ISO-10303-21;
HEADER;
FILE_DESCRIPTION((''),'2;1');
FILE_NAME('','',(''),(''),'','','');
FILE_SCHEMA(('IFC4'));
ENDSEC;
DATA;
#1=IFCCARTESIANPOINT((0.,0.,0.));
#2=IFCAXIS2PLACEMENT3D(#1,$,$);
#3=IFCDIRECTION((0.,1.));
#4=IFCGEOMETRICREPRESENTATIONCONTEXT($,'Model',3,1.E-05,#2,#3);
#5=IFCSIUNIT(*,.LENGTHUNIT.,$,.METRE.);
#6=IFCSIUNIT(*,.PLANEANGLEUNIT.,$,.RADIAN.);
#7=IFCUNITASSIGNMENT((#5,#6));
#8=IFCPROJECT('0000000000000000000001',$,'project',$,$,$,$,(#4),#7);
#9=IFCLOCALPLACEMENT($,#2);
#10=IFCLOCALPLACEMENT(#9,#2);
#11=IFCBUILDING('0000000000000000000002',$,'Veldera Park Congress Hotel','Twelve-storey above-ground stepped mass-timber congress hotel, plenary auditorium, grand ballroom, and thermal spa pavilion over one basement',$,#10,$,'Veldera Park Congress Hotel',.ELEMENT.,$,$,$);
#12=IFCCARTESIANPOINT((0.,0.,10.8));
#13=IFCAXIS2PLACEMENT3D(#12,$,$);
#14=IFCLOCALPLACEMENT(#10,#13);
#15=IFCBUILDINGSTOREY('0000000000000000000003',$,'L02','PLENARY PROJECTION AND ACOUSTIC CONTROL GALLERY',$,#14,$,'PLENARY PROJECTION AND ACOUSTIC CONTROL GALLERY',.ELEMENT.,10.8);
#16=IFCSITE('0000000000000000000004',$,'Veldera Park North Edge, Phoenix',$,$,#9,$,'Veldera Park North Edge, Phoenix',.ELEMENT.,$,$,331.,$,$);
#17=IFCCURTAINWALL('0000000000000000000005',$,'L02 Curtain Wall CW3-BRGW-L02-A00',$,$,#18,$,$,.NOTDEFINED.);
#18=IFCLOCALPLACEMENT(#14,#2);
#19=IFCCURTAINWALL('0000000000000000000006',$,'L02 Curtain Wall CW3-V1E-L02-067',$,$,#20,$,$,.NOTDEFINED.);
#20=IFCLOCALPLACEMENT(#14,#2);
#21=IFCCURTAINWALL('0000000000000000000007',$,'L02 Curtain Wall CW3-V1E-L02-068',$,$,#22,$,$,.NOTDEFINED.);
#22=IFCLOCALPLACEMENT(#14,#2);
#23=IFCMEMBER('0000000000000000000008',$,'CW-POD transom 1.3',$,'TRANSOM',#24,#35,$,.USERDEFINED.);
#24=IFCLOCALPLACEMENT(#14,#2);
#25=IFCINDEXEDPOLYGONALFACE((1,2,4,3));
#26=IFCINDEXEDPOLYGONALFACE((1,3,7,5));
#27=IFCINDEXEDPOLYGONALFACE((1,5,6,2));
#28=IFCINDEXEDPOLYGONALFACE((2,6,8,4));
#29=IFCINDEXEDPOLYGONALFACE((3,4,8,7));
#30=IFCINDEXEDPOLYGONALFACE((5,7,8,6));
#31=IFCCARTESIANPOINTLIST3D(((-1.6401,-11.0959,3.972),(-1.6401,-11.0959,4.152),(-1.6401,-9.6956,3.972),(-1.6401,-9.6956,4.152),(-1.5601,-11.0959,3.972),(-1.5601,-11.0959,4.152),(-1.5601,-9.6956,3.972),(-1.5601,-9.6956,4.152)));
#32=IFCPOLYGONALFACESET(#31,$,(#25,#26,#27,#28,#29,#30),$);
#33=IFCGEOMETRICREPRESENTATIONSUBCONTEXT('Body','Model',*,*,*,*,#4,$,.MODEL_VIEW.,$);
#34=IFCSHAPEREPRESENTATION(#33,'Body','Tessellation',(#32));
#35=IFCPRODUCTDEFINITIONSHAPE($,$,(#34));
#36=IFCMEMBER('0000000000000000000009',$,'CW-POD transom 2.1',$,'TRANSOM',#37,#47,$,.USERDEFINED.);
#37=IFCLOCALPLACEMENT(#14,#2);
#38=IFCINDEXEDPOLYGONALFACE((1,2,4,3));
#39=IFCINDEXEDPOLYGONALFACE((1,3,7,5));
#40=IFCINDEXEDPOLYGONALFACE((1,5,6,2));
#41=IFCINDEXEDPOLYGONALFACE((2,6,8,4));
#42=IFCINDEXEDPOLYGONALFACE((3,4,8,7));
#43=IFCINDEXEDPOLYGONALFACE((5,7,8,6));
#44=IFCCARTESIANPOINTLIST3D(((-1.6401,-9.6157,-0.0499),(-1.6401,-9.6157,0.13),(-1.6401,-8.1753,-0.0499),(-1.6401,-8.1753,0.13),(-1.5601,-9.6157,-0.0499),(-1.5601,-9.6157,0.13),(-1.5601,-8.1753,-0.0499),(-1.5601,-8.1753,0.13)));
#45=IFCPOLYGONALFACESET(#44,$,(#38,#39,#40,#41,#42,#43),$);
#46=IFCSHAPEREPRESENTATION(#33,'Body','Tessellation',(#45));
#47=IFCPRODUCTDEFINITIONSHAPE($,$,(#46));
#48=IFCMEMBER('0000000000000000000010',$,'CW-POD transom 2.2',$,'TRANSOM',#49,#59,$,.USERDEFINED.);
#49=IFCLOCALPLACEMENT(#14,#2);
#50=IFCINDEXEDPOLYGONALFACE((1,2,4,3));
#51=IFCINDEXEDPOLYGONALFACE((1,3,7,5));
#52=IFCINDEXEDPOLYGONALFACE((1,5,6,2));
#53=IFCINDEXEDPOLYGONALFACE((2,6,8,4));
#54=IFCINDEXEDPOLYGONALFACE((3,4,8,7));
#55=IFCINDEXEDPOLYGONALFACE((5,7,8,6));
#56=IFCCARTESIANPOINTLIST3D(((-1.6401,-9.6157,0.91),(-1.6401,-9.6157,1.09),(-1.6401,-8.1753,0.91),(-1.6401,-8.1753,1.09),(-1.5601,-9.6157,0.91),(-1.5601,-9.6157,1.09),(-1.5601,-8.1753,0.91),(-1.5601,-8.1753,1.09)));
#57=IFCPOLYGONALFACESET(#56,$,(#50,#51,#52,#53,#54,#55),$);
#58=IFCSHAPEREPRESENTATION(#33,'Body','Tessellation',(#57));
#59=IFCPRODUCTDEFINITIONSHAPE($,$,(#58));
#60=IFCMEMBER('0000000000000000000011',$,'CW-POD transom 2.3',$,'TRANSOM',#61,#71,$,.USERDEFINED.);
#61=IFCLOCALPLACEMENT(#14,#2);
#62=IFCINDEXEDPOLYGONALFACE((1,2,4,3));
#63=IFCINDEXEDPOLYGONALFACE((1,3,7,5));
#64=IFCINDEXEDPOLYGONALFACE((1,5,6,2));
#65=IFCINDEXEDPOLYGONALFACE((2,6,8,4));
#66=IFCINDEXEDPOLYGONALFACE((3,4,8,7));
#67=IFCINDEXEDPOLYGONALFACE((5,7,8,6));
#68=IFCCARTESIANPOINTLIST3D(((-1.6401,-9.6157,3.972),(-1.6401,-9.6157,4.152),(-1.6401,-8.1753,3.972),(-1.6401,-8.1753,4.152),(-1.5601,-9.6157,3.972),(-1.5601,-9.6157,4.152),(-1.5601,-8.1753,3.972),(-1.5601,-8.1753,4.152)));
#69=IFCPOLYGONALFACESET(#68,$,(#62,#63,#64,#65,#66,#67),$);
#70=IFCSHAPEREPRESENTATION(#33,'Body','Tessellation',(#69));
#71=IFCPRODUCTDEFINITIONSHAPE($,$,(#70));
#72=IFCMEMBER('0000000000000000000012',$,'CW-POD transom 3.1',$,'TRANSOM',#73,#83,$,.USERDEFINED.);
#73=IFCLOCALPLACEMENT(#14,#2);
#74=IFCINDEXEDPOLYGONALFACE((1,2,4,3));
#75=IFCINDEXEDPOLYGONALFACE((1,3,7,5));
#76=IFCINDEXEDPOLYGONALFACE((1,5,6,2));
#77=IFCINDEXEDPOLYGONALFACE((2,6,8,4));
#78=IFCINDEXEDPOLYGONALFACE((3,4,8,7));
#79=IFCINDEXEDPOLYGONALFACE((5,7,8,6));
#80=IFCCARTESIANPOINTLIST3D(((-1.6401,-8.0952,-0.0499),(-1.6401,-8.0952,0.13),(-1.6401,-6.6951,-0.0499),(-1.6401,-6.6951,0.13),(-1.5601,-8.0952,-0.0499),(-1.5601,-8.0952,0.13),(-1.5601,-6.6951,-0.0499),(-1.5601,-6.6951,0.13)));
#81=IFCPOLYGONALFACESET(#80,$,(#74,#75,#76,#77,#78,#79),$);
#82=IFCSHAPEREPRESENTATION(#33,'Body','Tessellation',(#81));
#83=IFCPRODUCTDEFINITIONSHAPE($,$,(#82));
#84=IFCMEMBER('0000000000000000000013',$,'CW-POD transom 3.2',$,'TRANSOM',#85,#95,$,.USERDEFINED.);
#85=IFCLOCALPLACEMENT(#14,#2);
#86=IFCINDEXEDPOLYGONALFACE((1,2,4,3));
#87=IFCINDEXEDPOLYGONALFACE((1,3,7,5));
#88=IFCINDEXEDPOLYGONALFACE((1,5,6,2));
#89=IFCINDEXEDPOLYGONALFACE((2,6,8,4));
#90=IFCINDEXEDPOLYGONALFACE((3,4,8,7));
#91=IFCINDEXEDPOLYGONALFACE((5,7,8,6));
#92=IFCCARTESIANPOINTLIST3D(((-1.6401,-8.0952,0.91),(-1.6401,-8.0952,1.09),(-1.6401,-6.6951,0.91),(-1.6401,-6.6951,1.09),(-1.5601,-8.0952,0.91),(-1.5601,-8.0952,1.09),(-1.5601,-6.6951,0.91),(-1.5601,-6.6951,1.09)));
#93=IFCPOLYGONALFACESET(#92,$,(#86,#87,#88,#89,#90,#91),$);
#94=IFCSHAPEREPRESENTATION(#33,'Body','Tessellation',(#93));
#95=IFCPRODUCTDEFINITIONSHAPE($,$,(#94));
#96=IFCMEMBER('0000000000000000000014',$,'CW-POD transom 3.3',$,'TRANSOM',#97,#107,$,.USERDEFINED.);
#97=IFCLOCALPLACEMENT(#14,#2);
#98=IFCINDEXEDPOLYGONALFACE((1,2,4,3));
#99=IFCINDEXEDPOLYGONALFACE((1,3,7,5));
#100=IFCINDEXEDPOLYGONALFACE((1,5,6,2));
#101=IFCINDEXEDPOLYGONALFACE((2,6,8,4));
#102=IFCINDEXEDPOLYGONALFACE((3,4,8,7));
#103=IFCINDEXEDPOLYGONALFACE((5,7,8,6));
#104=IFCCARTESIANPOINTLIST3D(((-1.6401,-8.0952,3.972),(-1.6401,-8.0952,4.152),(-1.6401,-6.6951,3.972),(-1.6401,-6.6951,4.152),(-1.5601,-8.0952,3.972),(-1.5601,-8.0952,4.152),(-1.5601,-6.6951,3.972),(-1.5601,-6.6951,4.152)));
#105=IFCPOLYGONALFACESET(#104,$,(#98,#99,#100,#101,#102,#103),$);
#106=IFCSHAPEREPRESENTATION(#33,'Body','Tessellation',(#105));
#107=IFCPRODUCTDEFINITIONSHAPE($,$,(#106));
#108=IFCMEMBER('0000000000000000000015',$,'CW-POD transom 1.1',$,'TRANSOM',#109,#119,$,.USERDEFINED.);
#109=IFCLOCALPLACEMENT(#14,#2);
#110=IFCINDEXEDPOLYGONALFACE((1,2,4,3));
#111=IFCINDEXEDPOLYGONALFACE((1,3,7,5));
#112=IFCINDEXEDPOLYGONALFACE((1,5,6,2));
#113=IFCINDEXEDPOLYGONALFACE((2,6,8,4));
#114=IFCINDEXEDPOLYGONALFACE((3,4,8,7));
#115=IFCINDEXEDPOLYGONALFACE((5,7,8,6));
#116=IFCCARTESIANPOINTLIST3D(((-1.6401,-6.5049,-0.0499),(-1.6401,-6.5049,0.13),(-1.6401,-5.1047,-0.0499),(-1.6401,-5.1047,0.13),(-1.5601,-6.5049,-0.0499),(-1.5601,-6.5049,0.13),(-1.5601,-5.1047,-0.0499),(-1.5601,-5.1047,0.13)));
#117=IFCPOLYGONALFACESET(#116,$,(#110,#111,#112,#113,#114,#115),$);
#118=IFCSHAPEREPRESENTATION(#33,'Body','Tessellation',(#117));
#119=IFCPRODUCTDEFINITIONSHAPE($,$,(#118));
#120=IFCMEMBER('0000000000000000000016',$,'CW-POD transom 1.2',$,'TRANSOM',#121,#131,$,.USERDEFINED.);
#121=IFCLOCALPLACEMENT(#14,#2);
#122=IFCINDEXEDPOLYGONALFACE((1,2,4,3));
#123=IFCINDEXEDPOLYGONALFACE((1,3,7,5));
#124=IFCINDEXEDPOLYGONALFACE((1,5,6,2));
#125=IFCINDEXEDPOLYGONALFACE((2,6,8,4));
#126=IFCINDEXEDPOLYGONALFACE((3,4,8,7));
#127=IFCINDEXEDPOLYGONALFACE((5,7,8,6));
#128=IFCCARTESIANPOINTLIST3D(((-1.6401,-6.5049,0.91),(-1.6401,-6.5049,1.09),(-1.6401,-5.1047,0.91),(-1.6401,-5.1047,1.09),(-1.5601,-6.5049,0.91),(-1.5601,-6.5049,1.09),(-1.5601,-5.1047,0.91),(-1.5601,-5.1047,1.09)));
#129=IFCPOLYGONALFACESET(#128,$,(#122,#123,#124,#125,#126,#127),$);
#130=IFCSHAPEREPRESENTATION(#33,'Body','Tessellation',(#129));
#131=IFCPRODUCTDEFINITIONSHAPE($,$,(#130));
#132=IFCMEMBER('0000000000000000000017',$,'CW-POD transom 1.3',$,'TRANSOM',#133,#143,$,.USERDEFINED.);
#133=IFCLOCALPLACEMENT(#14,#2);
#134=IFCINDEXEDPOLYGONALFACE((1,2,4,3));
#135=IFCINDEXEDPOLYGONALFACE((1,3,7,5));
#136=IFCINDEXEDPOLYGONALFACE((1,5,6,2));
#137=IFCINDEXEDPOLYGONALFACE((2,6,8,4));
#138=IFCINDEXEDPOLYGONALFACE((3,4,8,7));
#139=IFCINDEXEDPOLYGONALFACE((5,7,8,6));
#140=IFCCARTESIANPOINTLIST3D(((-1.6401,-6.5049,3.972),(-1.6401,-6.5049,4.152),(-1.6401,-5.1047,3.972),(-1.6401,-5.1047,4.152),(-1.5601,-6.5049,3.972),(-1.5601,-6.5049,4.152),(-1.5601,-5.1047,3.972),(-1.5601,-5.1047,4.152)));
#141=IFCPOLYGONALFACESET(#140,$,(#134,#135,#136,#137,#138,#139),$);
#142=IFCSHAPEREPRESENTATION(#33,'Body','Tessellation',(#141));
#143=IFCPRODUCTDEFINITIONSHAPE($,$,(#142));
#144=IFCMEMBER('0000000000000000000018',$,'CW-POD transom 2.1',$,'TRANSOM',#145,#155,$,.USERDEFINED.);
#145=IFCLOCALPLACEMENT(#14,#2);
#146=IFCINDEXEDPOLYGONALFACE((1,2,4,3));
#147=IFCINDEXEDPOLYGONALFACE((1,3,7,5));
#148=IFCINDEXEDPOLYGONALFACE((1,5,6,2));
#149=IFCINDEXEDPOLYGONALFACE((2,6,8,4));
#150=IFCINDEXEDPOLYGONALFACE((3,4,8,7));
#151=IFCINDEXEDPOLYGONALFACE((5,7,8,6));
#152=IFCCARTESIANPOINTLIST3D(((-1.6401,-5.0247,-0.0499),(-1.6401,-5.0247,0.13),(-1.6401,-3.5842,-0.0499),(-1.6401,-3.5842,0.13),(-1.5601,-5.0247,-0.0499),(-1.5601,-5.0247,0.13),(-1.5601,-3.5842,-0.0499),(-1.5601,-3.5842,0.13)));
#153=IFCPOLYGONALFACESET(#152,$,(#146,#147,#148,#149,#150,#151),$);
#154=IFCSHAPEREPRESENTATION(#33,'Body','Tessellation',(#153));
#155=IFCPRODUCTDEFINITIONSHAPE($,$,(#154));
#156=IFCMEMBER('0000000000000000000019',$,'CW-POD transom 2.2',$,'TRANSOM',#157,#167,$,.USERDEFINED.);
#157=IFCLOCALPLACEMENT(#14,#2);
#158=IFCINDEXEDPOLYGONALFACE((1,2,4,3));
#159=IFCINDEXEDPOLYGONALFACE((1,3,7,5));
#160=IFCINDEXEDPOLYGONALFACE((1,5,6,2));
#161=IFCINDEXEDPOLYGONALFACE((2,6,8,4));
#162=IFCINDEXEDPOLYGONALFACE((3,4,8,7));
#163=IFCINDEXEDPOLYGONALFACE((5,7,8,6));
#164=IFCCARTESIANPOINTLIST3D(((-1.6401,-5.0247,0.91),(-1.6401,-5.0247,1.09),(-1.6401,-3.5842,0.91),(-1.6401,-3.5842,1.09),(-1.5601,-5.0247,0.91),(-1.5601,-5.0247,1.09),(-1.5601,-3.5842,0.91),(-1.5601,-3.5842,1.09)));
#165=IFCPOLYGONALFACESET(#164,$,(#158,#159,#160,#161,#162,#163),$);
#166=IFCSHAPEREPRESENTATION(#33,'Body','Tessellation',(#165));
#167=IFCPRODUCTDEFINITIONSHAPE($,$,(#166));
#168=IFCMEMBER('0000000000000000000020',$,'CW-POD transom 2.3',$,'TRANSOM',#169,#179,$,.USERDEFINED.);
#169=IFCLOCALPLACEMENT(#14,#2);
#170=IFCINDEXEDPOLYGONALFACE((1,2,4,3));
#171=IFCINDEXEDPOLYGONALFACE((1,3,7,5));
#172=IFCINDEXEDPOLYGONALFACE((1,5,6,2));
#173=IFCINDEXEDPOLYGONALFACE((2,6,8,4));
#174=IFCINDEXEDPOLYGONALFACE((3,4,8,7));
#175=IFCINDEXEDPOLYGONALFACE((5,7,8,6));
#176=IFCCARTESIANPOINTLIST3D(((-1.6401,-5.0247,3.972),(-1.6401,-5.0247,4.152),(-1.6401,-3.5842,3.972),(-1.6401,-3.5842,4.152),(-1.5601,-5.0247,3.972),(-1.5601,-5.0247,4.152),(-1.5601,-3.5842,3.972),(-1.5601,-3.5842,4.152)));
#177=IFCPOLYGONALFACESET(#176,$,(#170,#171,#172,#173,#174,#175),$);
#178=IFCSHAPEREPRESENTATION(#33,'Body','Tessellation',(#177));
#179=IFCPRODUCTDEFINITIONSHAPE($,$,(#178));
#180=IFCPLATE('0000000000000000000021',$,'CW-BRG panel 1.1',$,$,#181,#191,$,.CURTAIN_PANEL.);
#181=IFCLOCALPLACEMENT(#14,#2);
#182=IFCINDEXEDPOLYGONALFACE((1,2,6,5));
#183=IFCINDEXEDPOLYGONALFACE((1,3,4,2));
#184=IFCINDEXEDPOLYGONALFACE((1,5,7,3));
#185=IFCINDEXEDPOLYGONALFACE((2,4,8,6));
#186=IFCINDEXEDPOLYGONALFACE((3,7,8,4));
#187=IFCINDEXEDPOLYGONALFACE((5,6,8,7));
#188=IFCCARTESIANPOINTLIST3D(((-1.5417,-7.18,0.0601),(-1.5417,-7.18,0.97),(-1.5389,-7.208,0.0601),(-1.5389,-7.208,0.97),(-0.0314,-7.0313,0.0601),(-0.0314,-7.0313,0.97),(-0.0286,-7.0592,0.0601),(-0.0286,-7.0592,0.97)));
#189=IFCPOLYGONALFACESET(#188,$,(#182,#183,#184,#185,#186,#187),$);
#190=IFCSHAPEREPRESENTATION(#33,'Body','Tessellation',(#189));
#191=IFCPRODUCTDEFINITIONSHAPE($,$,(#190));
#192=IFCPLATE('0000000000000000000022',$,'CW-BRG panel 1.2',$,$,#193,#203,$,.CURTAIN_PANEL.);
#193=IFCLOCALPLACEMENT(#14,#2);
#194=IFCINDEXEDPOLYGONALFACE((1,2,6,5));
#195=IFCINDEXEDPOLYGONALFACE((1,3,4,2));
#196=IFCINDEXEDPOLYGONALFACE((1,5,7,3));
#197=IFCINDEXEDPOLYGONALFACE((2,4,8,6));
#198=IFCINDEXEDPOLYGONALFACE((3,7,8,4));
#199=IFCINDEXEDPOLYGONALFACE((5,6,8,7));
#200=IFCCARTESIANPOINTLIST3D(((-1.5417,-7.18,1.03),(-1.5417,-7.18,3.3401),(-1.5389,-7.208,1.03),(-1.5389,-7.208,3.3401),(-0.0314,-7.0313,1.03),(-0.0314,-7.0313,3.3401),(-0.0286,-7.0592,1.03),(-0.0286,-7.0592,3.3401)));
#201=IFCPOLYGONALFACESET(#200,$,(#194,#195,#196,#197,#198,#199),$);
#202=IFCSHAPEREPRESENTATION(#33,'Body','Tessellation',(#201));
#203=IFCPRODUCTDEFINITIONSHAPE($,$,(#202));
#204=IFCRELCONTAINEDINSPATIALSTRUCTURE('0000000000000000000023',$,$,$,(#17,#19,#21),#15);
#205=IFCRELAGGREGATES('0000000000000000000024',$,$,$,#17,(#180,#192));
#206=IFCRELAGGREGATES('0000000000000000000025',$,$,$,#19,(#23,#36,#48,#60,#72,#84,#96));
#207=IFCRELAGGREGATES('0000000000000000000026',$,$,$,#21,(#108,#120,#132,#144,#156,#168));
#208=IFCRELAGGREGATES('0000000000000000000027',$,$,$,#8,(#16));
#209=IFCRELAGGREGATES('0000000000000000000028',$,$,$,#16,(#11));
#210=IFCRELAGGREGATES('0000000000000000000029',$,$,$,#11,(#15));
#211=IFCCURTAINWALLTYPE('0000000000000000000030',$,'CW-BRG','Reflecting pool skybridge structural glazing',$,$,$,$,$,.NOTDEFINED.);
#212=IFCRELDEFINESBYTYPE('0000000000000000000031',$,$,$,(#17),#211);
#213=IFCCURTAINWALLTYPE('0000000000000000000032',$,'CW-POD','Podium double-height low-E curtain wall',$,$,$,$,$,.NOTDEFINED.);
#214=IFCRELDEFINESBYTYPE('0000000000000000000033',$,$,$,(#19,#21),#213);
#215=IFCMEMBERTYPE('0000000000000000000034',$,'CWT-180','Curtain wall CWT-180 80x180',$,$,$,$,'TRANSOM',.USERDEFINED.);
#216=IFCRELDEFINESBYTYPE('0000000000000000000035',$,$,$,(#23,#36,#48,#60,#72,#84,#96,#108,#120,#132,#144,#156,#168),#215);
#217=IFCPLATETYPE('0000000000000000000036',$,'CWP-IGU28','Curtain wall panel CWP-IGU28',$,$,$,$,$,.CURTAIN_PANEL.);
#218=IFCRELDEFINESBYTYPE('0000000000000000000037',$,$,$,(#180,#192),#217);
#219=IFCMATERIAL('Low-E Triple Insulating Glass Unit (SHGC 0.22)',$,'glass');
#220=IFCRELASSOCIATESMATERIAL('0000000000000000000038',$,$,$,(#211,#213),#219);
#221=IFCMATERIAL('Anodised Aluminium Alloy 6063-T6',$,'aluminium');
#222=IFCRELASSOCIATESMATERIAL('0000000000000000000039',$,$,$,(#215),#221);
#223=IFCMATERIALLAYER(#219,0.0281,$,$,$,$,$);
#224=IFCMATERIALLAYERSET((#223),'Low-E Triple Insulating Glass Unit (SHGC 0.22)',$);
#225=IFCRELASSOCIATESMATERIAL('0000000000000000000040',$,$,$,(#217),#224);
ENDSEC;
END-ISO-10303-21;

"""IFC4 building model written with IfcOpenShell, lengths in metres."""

from ifc_helpers import new_model, si_unit, direction, frame, origin, origin_2d, place, context, subcontext, project, spatial, rectangle, extrude, material, layer, layer_set, material_profile, profile_set, type_object, element, aggregate, save


model = new_model("IFC4")

# Units and contexts
model_context = context("Model", 3, precision=1e-05, world=origin(), true_north=direction((0.0, 1.0)))
body_context = subcontext(model_context, "Body", "Model", "MODEL_VIEW")
ifc_project = project(units=[si_unit("LENGTHUNIT", "METRE"), si_unit("PLANEANGLEUNIT", "RADIAN")], contexts=[model_context])

# Site, building, storey
site_placement = place(None, origin())
site = spatial("IfcSite", under=ifc_project, at=site_placement, Name="Veldera Park North Edge, Phoenix", LongName="Veldera Park North Edge, Phoenix", CompositionType="ELEMENT", RefElevation=331.0)
building_placement = place(site_placement, origin())
building = spatial("IfcBuilding", under=site, at=building_placement, Name="Veldera Park Congress Hotel", Description="Twelve-storey above-ground stepped mass-timber congress hotel, plenary auditorium, grand ballroom, and thermal spa pavilion over one basement", LongName="Veldera Park Congress Hotel", CompositionType="ELEMENT")
storey_placement = place(building_placement, frame((0.0, 0.0, 10.8)))
storey = spatial("IfcBuildingStorey", under=building, at=storey_placement, Name="L02", Description="PLENARY PROJECTION AND ACOUSTIC CONTROL GALLERY", LongName="PLENARY PROJECTION AND ACOUSTIC CONTROL GALLERY", CompositionType="ELEMENT", Elevation=10.8)

# Curtain walls
ifc_material_1 = material(Name="Low-E Triple Insulating Glass Unit (SHGC 0.22)", Category="glass")
curtain_wall_type_1 = type_object("IfcCurtainWallType", Name="CW-BRG", Description="Reflecting pool skybridge structural glazing", PredefinedType="NOTDEFINED", material=ifc_material_1)
curtain_wall_1_placement = place(storey_placement, origin())
curtain_wall_1 = element("IfcCurtainWall", 1, at=curtain_wall_1_placement, inside=storey, type_object=curtain_wall_type_1, Name="L02 Curtain Wall CW3-BRGW-L02-A00", PredefinedType="NOTDEFINED")
ifc_material_2 = material(Name="Anodised Aluminium Alloy 6063-T6", Category="aluminium")
curtain_wall_type_2 = type_object("IfcCurtainWallType", Name="CW-POD", Description="Podium double-height low-E curtain wall", PredefinedType="NOTDEFINED", material=ifc_material_1)
curtain_wall_2_placement = place(storey_placement, origin())
curtain_wall_2 = element("IfcCurtainWall", 2, at=curtain_wall_2_placement, inside=storey, type_object=curtain_wall_type_2, Name="L02 Curtain Wall CW3-V1E-L02-067", PredefinedType="NOTDEFINED")
curtain_wall_3_placement = place(storey_placement, origin())
curtain_wall_3 = element("IfcCurtainWall", 3, at=curtain_wall_3_placement, inside=storey, type_object=curtain_wall_type_2, Name="L02 Curtain Wall CW3-V1E-L02-068", PredefinedType="NOTDEFINED")

# Members
ifc_material_profile_1 = material_profile(ifc_material_2, rectangle(XDim=0.0801, YDim=0.1799, at=origin_2d()), Name="ALU 80x180")
ifc_profile_set_1 = profile_set([ifc_material_profile_1], Name="Anodised Aluminium Alloy 6063-T6")
member_type_1 = type_object("IfcMemberType", Name="CWT-180", Description="Curtain wall CWT-180 80x180", ElementType="TRANSOM", PredefinedType="USERDEFINED", material=ifc_profile_set_1)
member_1_placement = place(storey_placement, frame((-1.6001, -11.0959, 4.062), z_axis=(0.0, 1.0, 0.0), x_axis=(-1.0, 0.0, 0.0)))
member_1 = element("IfcMember", 4, at=member_1_placement, type_object=member_type_1, Name="CW-POD transom 1.3", ObjectType="TRANSOM", PredefinedType="USERDEFINED", context=body_context, shape_type="SweptSolid", body=[
    extrude(rectangle(XDim=0.0801, YDim=0.1799, at=origin_2d()), origin(), (0.0, 0.0, 1.0), 1.4004),
])
member_2_placement = place(storey_placement, frame((-1.6001, -9.6157, 0.04), z_axis=(0.0, 1.0, 0.0), x_axis=(-1.0, 0.0, 0.0)))
member_2 = element("IfcMember", 5, at=member_2_placement, type_object=member_type_1, Name="CW-POD transom 2.1", ObjectType="TRANSOM", PredefinedType="USERDEFINED", context=body_context, shape_type="SweptSolid", body=[
    extrude(rectangle(XDim=0.0801, YDim=0.1799, at=origin_2d()), origin(), (0.0, 0.0, 1.0), 1.4404),
])
member_3_placement = place(storey_placement, frame((-1.6001, -9.6157, 1.0), z_axis=(0.0, 1.0, 0.0), x_axis=(-1.0, 0.0, 0.0)))
member_3 = element("IfcMember", 6, at=member_3_placement, type_object=member_type_1, Name="CW-POD transom 2.2", ObjectType="TRANSOM", PredefinedType="USERDEFINED", context=body_context, shape_type="SweptSolid", body=[
    extrude(rectangle(XDim=0.0801, YDim=0.1799, at=origin_2d()), origin(), (0.0, 0.0, 1.0), 1.4404),
])
member_4_placement = place(storey_placement, frame((-1.6001, -9.6157, 4.062), z_axis=(0.0, 1.0, 0.0), x_axis=(-1.0, 0.0, 0.0)))
member_4 = element("IfcMember", 7, at=member_4_placement, type_object=member_type_1, Name="CW-POD transom 2.3", ObjectType="TRANSOM", PredefinedType="USERDEFINED", context=body_context, shape_type="SweptSolid", body=[
    extrude(rectangle(XDim=0.0801, YDim=0.1799, at=origin_2d()), origin(), (0.0, 0.0, 1.0), 1.4404),
])
member_5_placement = place(storey_placement, frame((-1.6001, -8.0952, 0.04), z_axis=(0.0, 1.0, 0.0), x_axis=(-1.0, 0.0, 0.0)))
member_5 = element("IfcMember", 8, at=member_5_placement, type_object=member_type_1, Name="CW-POD transom 3.1", ObjectType="TRANSOM", PredefinedType="USERDEFINED", context=body_context, shape_type="SweptSolid", body=[
    extrude(rectangle(XDim=0.0801, YDim=0.1799, at=origin_2d()), origin(), (0.0, 0.0, 1.0), 1.4001),
])
member_6_placement = place(storey_placement, frame((-1.6001, -8.0952, 1.0), z_axis=(0.0, 1.0, 0.0), x_axis=(-1.0, 0.0, 0.0)))
member_6 = element("IfcMember", 9, at=member_6_placement, type_object=member_type_1, Name="CW-POD transom 3.2", ObjectType="TRANSOM", PredefinedType="USERDEFINED", context=body_context, shape_type="SweptSolid", body=[
    extrude(rectangle(XDim=0.0801, YDim=0.1799, at=origin_2d()), origin(), (0.0, 0.0, 1.0), 1.4001),
])
member_7_placement = place(storey_placement, frame((-1.6001, -8.0952, 4.062), z_axis=(0.0, 1.0, 0.0), x_axis=(-1.0, 0.0, 0.0)))
member_7 = element("IfcMember", 10, at=member_7_placement, type_object=member_type_1, Name="CW-POD transom 3.3", ObjectType="TRANSOM", PredefinedType="USERDEFINED", context=body_context, shape_type="SweptSolid", body=[
    extrude(rectangle(XDim=0.0801, YDim=0.1799, at=origin_2d()), origin(), (0.0, 0.0, 1.0), 1.4001),
])
member_8_placement = place(storey_placement, frame((-1.6001, -6.5049, 0.04), z_axis=(0.0, 1.0, 0.0), x_axis=(-1.0, 0.0, 0.0)))
member_8 = element("IfcMember", 11, at=member_8_placement, type_object=member_type_1, Name="CW-POD transom 1.1", ObjectType="TRANSOM", PredefinedType="USERDEFINED", context=body_context, shape_type="SweptSolid", body=[
    extrude(rectangle(XDim=0.0801, YDim=0.1799, at=origin_2d()), origin(), (0.0, 0.0, 1.0), 1.4001),
])
member_9_placement = place(storey_placement, frame((-1.6001, -6.5049, 1.0), z_axis=(0.0, 1.0, 0.0), x_axis=(-1.0, 0.0, 0.0)))
member_9 = element("IfcMember", 12, at=member_9_placement, type_object=member_type_1, Name="CW-POD transom 1.2", ObjectType="TRANSOM", PredefinedType="USERDEFINED", context=body_context, shape_type="SweptSolid", body=[
    extrude(rectangle(XDim=0.0801, YDim=0.1799, at=origin_2d()), origin(), (0.0, 0.0, 1.0), 1.4001),
])
member_10_placement = place(storey_placement, frame((-1.6001, -6.5049, 4.062), z_axis=(0.0, 1.0, 0.0), x_axis=(-1.0, 0.0, 0.0)))
member_10 = element("IfcMember", 13, at=member_10_placement, type_object=member_type_1, Name="CW-POD transom 1.3", ObjectType="TRANSOM", PredefinedType="USERDEFINED", context=body_context, shape_type="SweptSolid", body=[
    extrude(rectangle(XDim=0.0801, YDim=0.1799, at=origin_2d()), origin(), (0.0, 0.0, 1.0), 1.4001),
])
member_11_placement = place(storey_placement, frame((-1.6001, -5.0247, 0.04), z_axis=(0.0, 1.0, 0.0), x_axis=(-1.0, 0.0, 0.0)))
member_11 = element("IfcMember", 14, at=member_11_placement, type_object=member_type_1, Name="CW-POD transom 2.1", ObjectType="TRANSOM", PredefinedType="USERDEFINED", context=body_context, shape_type="SweptSolid", body=[
    extrude(rectangle(XDim=0.0801, YDim=0.1799, at=origin_2d()), origin(), (0.0, 0.0, 1.0), 1.4404),
])
member_12_placement = place(storey_placement, frame((-1.6001, -5.0247, 1.0), z_axis=(0.0, 1.0, 0.0), x_axis=(-1.0, 0.0, 0.0)))
member_12 = element("IfcMember", 15, at=member_12_placement, type_object=member_type_1, Name="CW-POD transom 2.2", ObjectType="TRANSOM", PredefinedType="USERDEFINED", context=body_context, shape_type="SweptSolid", body=[
    extrude(rectangle(XDim=0.0801, YDim=0.1799, at=origin_2d()), origin(), (0.0, 0.0, 1.0), 1.4404),
])
member_13_placement = place(storey_placement, frame((-1.6001, -5.0247, 4.062), z_axis=(0.0, 1.0, 0.0), x_axis=(-1.0, 0.0, 0.0)))
member_13 = element("IfcMember", 16, at=member_13_placement, type_object=member_type_1, Name="CW-POD transom 2.3", ObjectType="TRANSOM", PredefinedType="USERDEFINED", context=body_context, shape_type="SweptSolid", body=[
    extrude(rectangle(XDim=0.0801, YDim=0.1799, at=origin_2d()), origin(), (0.0, 0.0, 1.0), 1.4404),
])

# Plates
ifc_layer_1 = layer(ifc_material_1, 0.0281)
ifc_layer_set_1 = layer_set([ifc_layer_1], Name="Low-E Triple Insulating Glass Unit (SHGC 0.22)")
plate_type_1 = type_object("IfcPlateType", Name="CWP-IGU28", Description="Curtain wall panel CWP-IGU28", PredefinedType="CURTAIN_PANEL", material=ifc_layer_set_1)
plate_1_placement = place(storey_placement, frame((-0.7852, -7.1196, 0.0601), z_axis=(0.0, 0.0, 1.0), x_axis=(0.995184, 0.098021, 0.0)))
plate_1 = element("IfcPlate", 17, at=plate_1_placement, type_object=plate_type_1, Name="CW-BRG panel 1.1", PredefinedType="CURTAIN_PANEL", context=body_context, shape_type="SweptSolid", body=[
    extrude(rectangle(XDim=1.5176, YDim=0.0281, at=origin_2d()), origin(), (0.0, 0.0, 1.0), 0.9099),
])
plate_2_placement = place(storey_placement, frame((-0.7852, -7.1196, 1.03), z_axis=(0.0, 0.0, 1.0), x_axis=(0.995184, 0.098021, 0.0)))
plate_2 = element("IfcPlate", 18, at=plate_2_placement, type_object=plate_type_1, Name="CW-BRG panel 1.2", PredefinedType="CURTAIN_PANEL", context=body_context, shape_type="SweptSolid", body=[
    extrude(rectangle(XDim=1.5176, YDim=0.0281, at=origin_2d()), origin(), (0.0, 0.0, 1.0), 2.3101),
])
aggregate(curtain_wall_1, [plate_1, plate_2])
aggregate(curtain_wall_2, [member_1, member_2, member_3, member_4, member_5, member_6, member_7])
aggregate(curtain_wall_3, [member_8, member_9, member_10, member_11, member_12, member_13])

save(model, "model.ifc")
